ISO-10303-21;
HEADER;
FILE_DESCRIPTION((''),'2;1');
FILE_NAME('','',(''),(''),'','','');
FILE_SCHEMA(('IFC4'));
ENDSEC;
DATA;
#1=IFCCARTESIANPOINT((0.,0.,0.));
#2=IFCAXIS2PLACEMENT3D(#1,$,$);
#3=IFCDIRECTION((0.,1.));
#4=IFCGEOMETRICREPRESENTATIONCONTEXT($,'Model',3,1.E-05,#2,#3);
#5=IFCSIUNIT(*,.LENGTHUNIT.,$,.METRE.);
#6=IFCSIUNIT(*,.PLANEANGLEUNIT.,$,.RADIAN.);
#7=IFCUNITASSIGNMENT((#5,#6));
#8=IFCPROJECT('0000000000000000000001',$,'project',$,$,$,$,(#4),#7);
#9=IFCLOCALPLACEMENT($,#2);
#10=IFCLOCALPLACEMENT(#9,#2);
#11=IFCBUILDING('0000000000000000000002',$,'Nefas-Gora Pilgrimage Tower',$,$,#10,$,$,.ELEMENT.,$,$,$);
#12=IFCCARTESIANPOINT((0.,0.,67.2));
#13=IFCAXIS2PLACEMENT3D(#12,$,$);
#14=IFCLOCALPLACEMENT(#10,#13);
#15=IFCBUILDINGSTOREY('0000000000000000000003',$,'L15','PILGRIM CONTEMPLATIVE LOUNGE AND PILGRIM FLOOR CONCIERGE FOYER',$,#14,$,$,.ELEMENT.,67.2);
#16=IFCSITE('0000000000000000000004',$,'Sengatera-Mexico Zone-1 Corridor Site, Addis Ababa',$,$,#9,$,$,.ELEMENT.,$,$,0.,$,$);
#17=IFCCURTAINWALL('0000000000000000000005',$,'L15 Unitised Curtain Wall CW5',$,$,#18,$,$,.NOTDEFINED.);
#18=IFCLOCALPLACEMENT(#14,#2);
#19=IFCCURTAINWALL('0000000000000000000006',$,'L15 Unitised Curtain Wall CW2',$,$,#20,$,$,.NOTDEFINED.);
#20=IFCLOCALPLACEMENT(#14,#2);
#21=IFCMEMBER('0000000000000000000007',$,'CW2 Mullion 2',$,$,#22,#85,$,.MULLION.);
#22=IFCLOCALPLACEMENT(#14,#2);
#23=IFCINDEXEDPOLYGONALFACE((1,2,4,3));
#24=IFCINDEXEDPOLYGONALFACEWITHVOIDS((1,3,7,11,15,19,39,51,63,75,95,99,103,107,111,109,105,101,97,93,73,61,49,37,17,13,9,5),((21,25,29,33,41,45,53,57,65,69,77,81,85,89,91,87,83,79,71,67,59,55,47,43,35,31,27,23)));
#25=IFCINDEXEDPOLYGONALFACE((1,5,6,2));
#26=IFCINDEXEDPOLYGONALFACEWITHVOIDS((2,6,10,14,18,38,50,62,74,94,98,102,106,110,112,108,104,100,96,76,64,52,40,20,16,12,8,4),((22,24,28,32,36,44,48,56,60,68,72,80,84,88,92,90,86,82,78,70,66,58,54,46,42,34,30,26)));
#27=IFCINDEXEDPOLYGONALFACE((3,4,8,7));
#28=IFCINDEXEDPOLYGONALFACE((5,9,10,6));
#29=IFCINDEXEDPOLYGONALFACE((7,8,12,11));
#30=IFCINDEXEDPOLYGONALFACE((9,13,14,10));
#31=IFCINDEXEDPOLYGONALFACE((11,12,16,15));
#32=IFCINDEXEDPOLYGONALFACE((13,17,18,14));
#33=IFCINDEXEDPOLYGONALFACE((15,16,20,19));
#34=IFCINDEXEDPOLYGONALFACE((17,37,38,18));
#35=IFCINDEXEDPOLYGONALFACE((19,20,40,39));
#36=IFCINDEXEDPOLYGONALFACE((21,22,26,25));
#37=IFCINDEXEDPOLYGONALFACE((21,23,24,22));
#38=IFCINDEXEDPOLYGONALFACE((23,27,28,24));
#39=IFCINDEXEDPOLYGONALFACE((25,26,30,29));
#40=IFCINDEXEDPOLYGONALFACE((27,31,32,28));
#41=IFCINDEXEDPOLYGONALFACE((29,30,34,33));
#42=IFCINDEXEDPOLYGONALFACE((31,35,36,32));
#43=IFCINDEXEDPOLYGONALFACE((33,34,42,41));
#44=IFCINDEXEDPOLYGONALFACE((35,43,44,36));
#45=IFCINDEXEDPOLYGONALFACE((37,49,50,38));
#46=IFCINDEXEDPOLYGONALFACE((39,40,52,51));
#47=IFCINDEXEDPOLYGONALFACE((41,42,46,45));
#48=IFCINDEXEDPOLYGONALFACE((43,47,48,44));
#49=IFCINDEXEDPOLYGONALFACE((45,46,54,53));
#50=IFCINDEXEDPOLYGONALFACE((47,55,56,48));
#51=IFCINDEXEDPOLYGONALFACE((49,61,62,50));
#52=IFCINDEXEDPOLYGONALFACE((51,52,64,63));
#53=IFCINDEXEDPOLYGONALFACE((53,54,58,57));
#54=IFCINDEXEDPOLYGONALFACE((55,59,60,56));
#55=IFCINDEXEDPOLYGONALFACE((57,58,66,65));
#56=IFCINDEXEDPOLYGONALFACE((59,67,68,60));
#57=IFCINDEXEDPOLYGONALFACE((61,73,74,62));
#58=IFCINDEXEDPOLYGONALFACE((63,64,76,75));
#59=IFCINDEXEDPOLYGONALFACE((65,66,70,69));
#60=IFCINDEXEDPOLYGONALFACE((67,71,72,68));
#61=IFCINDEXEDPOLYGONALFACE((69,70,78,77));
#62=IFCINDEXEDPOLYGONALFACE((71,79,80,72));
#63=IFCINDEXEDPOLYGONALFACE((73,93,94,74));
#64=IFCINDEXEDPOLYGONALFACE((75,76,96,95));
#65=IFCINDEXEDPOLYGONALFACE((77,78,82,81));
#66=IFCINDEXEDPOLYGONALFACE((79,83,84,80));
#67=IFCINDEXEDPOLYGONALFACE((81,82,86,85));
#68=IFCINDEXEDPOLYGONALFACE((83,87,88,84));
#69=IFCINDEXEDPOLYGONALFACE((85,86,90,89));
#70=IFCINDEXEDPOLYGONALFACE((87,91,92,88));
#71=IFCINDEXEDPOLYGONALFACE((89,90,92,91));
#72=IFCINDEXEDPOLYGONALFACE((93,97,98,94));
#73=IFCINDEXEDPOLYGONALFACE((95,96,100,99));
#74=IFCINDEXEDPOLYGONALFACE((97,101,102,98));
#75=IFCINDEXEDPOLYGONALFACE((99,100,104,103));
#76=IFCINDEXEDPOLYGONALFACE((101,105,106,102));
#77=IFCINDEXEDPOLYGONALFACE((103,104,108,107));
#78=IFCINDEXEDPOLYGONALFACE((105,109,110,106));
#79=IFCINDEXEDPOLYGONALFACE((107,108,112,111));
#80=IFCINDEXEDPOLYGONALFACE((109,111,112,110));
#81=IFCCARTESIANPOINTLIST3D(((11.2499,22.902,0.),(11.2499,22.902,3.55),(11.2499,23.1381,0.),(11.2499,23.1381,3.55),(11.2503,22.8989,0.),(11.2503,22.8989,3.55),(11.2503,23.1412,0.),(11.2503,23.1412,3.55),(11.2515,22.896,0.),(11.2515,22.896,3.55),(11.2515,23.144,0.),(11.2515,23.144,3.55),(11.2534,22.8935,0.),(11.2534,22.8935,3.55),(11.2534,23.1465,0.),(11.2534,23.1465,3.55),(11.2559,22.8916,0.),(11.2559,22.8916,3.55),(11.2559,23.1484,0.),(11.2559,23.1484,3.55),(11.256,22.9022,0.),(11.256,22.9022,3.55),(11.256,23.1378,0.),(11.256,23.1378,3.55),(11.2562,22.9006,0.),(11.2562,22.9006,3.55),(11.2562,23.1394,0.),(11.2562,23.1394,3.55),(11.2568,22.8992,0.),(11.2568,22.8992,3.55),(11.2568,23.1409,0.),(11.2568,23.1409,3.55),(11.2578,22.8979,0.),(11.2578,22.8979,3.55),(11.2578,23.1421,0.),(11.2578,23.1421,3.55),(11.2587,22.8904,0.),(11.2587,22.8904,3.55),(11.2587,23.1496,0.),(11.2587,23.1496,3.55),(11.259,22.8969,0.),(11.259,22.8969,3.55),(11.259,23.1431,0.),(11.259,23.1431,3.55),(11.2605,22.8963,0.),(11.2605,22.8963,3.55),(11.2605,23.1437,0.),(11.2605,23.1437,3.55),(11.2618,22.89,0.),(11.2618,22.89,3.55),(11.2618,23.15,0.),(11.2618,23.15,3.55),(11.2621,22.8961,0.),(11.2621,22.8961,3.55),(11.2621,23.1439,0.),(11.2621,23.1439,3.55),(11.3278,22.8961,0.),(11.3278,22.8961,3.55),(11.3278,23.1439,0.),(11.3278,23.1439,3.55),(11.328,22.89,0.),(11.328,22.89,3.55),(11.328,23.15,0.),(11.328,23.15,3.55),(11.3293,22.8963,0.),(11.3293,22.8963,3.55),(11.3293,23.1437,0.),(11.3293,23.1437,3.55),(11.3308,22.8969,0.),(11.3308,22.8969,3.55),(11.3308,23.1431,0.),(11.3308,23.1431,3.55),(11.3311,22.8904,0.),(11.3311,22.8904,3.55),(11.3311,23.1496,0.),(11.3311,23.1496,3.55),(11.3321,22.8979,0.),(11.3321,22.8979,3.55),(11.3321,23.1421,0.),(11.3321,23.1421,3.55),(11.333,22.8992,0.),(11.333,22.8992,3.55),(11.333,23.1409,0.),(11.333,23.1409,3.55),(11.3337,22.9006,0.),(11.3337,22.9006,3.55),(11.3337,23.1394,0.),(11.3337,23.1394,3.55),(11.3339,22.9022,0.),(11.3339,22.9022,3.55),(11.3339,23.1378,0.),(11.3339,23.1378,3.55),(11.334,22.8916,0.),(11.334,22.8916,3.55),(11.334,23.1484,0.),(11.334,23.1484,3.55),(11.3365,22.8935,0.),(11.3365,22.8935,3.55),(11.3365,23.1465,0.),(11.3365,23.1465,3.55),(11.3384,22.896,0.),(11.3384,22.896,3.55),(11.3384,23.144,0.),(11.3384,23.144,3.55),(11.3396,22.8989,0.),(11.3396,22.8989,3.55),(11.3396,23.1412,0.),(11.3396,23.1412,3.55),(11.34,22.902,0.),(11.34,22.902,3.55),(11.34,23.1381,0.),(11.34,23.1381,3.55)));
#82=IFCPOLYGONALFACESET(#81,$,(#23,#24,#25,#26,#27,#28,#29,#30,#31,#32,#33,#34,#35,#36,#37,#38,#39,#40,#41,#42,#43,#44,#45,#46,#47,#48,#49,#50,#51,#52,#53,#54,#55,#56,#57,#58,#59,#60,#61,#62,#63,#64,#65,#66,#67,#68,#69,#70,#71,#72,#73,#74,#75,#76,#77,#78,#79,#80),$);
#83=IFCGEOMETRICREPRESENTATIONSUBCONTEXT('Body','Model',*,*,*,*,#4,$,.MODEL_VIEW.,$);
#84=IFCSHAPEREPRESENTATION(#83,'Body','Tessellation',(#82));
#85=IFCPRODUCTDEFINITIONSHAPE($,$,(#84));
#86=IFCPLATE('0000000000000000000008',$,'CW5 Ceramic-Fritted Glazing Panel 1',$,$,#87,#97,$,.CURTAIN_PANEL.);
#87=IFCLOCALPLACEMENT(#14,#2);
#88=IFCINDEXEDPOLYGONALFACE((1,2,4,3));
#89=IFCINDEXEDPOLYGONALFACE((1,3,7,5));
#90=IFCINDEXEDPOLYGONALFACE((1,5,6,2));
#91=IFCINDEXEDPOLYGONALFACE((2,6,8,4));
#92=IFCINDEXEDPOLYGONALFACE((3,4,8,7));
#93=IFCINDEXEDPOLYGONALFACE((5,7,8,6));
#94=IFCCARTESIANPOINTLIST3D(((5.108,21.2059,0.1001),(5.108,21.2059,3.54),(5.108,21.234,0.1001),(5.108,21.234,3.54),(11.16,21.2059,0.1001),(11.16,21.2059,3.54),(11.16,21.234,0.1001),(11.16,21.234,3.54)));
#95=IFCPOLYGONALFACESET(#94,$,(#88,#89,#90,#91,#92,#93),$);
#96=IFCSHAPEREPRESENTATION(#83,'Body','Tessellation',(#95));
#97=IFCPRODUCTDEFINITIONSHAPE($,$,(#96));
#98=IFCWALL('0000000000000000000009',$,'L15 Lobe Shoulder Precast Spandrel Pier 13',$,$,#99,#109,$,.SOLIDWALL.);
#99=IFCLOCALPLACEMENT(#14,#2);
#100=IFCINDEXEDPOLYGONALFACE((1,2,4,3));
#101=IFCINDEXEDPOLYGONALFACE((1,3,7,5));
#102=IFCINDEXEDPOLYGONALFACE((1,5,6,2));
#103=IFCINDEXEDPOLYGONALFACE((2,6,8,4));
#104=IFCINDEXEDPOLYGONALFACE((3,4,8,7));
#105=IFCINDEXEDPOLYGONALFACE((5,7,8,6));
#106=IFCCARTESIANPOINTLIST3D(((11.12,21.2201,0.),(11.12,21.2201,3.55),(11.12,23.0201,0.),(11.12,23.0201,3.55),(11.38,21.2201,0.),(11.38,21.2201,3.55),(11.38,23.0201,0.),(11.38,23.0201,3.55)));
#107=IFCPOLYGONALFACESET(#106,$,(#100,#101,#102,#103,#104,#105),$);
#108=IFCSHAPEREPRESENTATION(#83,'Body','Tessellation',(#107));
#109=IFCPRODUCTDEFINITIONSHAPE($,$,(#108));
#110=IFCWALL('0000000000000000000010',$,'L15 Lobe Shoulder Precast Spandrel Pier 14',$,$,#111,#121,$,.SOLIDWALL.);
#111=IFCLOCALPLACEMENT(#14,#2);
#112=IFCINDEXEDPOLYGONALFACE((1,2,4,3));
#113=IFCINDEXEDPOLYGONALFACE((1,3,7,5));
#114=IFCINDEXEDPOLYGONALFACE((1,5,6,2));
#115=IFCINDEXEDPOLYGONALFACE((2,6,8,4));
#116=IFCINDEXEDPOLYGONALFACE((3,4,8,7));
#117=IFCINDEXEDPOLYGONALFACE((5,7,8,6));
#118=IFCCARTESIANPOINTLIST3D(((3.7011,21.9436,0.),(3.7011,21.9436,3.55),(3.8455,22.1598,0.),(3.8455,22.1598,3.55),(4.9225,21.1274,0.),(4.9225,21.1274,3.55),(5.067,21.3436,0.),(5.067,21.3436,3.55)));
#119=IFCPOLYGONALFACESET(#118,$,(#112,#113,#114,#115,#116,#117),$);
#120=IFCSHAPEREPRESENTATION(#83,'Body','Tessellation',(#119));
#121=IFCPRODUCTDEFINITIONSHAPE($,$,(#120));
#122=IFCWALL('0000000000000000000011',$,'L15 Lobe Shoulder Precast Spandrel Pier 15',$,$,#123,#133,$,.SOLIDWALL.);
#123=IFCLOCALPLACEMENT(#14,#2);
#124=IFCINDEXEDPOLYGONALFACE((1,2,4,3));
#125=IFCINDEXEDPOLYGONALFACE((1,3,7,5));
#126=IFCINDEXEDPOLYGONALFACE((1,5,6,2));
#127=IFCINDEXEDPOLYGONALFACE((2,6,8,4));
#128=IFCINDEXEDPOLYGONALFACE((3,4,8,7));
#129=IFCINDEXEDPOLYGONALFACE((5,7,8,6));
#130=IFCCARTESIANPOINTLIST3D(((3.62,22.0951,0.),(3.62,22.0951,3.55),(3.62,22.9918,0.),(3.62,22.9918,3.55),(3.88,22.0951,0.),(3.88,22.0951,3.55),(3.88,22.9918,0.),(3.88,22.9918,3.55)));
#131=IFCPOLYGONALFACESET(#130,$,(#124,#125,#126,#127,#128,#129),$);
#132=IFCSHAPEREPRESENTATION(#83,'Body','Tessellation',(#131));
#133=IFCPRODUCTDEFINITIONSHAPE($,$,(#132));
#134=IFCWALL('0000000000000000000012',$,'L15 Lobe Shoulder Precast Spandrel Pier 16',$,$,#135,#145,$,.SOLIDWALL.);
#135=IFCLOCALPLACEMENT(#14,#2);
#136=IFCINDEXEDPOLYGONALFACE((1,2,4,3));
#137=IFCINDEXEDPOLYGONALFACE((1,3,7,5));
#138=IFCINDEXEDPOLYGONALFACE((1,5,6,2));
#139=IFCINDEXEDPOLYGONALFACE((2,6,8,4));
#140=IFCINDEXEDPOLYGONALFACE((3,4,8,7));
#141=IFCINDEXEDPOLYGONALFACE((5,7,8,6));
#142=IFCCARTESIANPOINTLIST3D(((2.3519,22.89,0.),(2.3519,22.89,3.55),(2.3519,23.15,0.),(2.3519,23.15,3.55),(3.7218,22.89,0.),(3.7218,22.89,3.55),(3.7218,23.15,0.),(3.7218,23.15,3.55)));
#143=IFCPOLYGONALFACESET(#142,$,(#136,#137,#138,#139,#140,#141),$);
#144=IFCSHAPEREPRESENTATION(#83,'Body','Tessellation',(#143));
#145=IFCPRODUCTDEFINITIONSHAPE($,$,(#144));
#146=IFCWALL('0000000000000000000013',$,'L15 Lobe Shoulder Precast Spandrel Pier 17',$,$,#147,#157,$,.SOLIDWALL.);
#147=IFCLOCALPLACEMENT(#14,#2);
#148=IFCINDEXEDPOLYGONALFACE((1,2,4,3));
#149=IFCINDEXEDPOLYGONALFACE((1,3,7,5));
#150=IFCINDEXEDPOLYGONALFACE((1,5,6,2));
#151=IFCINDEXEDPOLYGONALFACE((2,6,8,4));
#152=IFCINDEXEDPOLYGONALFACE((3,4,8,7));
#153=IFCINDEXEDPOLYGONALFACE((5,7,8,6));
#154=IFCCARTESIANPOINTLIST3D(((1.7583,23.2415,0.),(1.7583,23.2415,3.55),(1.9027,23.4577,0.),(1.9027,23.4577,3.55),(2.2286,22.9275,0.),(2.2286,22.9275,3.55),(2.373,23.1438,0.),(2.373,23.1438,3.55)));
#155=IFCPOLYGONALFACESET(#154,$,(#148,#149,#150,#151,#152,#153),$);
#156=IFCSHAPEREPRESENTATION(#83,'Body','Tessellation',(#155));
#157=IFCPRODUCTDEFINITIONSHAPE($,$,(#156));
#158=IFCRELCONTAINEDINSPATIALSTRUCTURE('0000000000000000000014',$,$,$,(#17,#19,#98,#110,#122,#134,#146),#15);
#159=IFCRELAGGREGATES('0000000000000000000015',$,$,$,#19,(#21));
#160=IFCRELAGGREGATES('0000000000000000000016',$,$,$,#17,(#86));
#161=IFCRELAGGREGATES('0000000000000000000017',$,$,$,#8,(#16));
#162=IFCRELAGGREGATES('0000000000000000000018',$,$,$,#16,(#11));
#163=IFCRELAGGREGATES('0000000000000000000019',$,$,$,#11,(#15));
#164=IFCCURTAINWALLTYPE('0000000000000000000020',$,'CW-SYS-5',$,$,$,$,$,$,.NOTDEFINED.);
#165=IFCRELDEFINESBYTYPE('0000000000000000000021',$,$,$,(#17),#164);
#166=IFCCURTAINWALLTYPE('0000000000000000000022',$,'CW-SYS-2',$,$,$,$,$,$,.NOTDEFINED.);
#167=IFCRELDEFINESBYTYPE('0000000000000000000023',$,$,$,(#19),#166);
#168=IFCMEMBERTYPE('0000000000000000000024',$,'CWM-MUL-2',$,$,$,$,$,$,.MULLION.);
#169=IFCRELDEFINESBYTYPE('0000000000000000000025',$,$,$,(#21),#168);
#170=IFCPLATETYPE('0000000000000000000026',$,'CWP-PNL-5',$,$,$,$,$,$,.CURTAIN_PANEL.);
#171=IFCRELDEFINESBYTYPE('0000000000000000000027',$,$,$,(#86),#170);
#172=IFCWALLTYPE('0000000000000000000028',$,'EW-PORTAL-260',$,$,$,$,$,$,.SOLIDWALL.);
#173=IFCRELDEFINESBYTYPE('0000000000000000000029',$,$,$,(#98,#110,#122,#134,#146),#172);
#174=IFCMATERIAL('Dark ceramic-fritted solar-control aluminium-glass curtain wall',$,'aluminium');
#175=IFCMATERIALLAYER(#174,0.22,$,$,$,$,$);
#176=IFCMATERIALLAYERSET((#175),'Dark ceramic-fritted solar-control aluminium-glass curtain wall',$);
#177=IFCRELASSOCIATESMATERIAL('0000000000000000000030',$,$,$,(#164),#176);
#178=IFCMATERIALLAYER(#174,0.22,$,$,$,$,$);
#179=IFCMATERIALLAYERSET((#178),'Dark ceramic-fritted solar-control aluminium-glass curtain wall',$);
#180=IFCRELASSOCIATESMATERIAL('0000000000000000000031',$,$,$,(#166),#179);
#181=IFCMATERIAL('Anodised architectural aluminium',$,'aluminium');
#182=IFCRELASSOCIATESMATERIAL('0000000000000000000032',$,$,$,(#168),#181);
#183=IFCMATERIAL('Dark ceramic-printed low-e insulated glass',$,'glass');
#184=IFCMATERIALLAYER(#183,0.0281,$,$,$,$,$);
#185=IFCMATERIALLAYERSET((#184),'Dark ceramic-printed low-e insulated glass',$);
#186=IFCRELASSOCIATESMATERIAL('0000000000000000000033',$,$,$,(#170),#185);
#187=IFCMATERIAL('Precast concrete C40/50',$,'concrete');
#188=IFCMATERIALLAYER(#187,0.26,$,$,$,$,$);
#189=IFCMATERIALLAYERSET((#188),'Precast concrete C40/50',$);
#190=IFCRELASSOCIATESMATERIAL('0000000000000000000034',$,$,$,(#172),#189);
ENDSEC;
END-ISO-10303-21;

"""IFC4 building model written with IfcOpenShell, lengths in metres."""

from ifc_helpers import new_model, si_unit, direction, frame, frame_2d, origin, origin_2d, place, context, subcontext, project, spatial, rectangle, hollow_rectangle, extrude, source, transform, mapped, material, layer, layer_set, material_profile, profile_set, type_object, element, aggregate, save


model = new_model("IFC4")

# Units and contexts
model_context = context("Model", 3, precision=1e-05, world=origin(), true_north=direction((0.0, 1.0)))
body_context = subcontext(model_context, "Body", "Model", "MODEL_VIEW")
ifc_project = project(units=[si_unit("LENGTHUNIT", "METRE"), si_unit("PLANEANGLEUNIT", "RADIAN")], contexts=[model_context])

# Site, building, storey
site_placement = place(None, origin())
site = spatial("IfcSite", under=ifc_project, at=site_placement, Name="Sengatera-Mexico Zone-1 Corridor Site, Addis Ababa", CompositionType="ELEMENT", RefElevation=0.0)
building_placement = place(site_placement, origin())
building = spatial("IfcBuilding", under=site, at=building_placement, Name="Nefas-Gora Pilgrimage Tower", CompositionType="ELEMENT")
storey_placement = place(building_placement, frame((0.0, 0.0, 67.2)))
storey = spatial("IfcBuildingStorey", under=building, at=storey_placement, Name="L15", Description="PILGRIM CONTEMPLATIVE LOUNGE AND PILGRIM FLOOR CONCIERGE FOYER", CompositionType="ELEMENT", Elevation=67.2)

# Curtain wall
ifc_material_1 = material(Name="Dark ceramic-fritted solar-control aluminium-glass curtain wall", Category="aluminium")
ifc_layer_1 = layer(ifc_material_1, 0.22)
ifc_layer_set_1 = layer_set([ifc_layer_1], Name="Dark ceramic-fritted solar-control aluminium-glass curtain wall")
curtain_wall_type_1 = type_object("IfcCurtainWallType", Name="CW-SYS-5", PredefinedType="NOTDEFINED", material=ifc_layer_set_1)
curtain_wall_1_placement = place(storey_placement, origin())
curtain_wall_1 = element("IfcCurtainWall", 1, at=curtain_wall_1_placement, inside=storey, type_object=curtain_wall_type_1, Name="L15 Unitised Curtain Wall CW5", PredefinedType="NOTDEFINED")
ifc_material_2 = material(Name="Anodised architectural aluminium", Category="aluminium")

# Curtain wall, member
ifc_layer_2 = layer(ifc_material_1, 0.22)
ifc_layer_set_2 = layer_set([ifc_layer_2], Name="Dark ceramic-fritted solar-control aluminium-glass curtain wall")
curtain_wall_type_2 = type_object("IfcCurtainWallType", Name="CW-SYS-2", PredefinedType="NOTDEFINED", material=ifc_layer_set_2)
curtain_wall_2_placement = place(storey_placement, origin())
curtain_wall_2 = element("IfcCurtainWall", 2, at=curtain_wall_2_placement, inside=storey, type_object=curtain_wall_type_2, Name="L15 Unitised Curtain Wall CW2", PredefinedType="NOTDEFINED")
ifc_material_profile_1 = material_profile(ifc_material_2, hollow_rectangle(XDim=0.0901, YDim=0.26, WallThickness=0.0061, InnerFilletRadius=0.0061, OuterFilletRadius=0.012, at=origin_2d()), Name="ALU MULLION 90x260")
ifc_profile_set_1 = profile_set([ifc_material_profile_1], Name="Anodised architectural aluminium")
member_type_1 = type_object("IfcMemberType", Name="CWM-MUL-2", PredefinedType="MULLION", material=ifc_profile_set_1)
shared_shape_1 = source(origin(), body_context, "Body", "SweptSolid", [
    extrude(hollow_rectangle(XDim=0.0901, YDim=0.26, WallThickness=0.0061, InnerFilletRadius=0.0061, OuterFilletRadius=0.012, at=origin_2d()), origin(), (0.0, 0.0, 1.0), 3.55),
])
member_1_placement = place(storey_placement, frame((11.2949, 23.02, 0.0), z_axis=(0.0, 0.0, 1.0), x_axis=(-1.0, 0.0, 0.0)))
member_1 = element("IfcMember", 3, at=member_1_placement, type_object=member_type_1, Name="CW2 Mullion 2", PredefinedType="MULLION", context=body_context, shape_type="MappedRepresentation", body=[
    mapped(shared_shape_1, transform((0.0, 0.0, 0.0), x_axis=(1.0, 0.0, 0.0), y_axis=(0.0, 1.0, 0.0), z_axis=(0.0, 0.0, 1.0), scale=1.0)),
])
aggregate(curtain_wall_2, [member_1])

# Plate
ifc_material_3 = material(Name="Dark ceramic-printed low-e insulated glass", Category="glass")
ifc_layer_3 = layer(ifc_material_3, 0.0281)
ifc_layer_set_3 = layer_set([ifc_layer_3], Name="Dark ceramic-printed low-e insulated glass")
plate_type = type_object("IfcPlateType", Name="CWP-PNL-5", PredefinedType="CURTAIN_PANEL", material=ifc_layer_set_3)
shared_shape_2 = source(origin(), body_context, "Body", "SweptSolid", [
    extrude(rectangle(XDim=6.052, YDim=0.0281, at=origin_2d()), origin(), (0.0, 0.0, 1.0), 3.4399),
])
plate_placement = place(storey_placement, frame((8.134, 21.22, 0.1001), z_axis=(0.0, 0.0, 1.0), x_axis=(-1.0, 0.0, 0.0)))
plate = element("IfcPlate", 4, at=plate_placement, type_object=plate_type, Name="CW5 Ceramic-Fritted Glazing Panel 1", PredefinedType="CURTAIN_PANEL", context=body_context, shape_type="MappedRepresentation", body=[
    mapped(shared_shape_2, transform((0.0, 0.0, 0.0), x_axis=(1.0, 0.0, 0.0), y_axis=(0.0, 1.0, 0.0), z_axis=(0.0, 0.0, 1.0), scale=1.0)),
])
aggregate(curtain_wall_1, [plate])

# Walls
ifc_material_4 = material(Name="Precast concrete C40/50", Category="concrete")
ifc_layer_4 = layer(ifc_material_4, 0.26)
ifc_layer_set_4 = layer_set([ifc_layer_4], Name="Precast concrete C40/50")
wall_type_1 = type_object("IfcWallType", Name="EW-PORTAL-260", PredefinedType="SOLIDWALL", material=ifc_layer_set_4)
shared_shape_3 = source(origin(), body_context, "Body", "SweptSolid", [
    extrude(rectangle(XDim=1.8, YDim=0.26, at=frame_2d((0.8999, 0.0))), origin(), (0.0, 0.0, 1.0), 3.55),
])
wall_1_placement = place(storey_placement, frame((11.25, 23.02, 0.0), z_axis=(0.0, 0.0, 1.0), x_axis=(0.0, -1.0, 0.0)))
element("IfcWall", 5, at=wall_1_placement, inside=storey, type_object=wall_type_1, Name="L15 Lobe Shoulder Precast Spandrel Pier 13", PredefinedType="SOLIDWALL", context=body_context, shape_type="MappedRepresentation", body=[
    mapped(shared_shape_3, transform((0.0, 0.0, 0.0), x_axis=(1.0, 0.0, 0.0), y_axis=(0.0, 1.0, 0.0), z_axis=(0.0, 0.0, 1.0), scale=1.0)),
])
shared_shape_4 = source(origin(), body_context, "Body", "SweptSolid", [
    extrude(rectangle(XDim=1.469, YDim=0.26, at=frame_2d((0.7344, 0.0))), origin(), (0.0, 0.0, 1.0), 3.55),
])
wall_2_placement = place(storey_placement, frame((4.9946, 21.2356, 0.0), z_axis=(0.0, 0.0, 1.0), x_axis=(-0.831462, 0.555582, 0.0)))
element("IfcWall", 6, at=wall_2_placement, inside=storey, type_object=wall_type_1, Name="L15 Lobe Shoulder Precast Spandrel Pier 14", PredefinedType="SOLIDWALL", context=body_context, shape_type="MappedRepresentation", body=[
    mapped(shared_shape_4, transform((0.0, 0.0, 0.0), x_axis=(1.0, 0.0, 0.0), y_axis=(0.0, 1.0, 0.0), z_axis=(0.0, 0.0, 1.0), scale=1.0)),
])
shared_shape_5 = source(origin(), body_context, "Body", "SweptSolid", [
    extrude(rectangle(XDim=0.8967, YDim=0.26, at=frame_2d((0.4482, 0.0))), origin(), (0.0, 0.0, 1.0), 3.55),
])
wall_3_placement = place(storey_placement, frame((3.75, 22.0952, 0.0), z_axis=(0.0, 0.0, 1.0), x_axis=(0.0, 1.0, 0.0)))
element("IfcWall", 7, at=wall_3_placement, inside=storey, type_object=wall_type_1, Name="L15 Lobe Shoulder Precast Spandrel Pier 15", PredefinedType="SOLIDWALL", context=body_context, shape_type="MappedRepresentation", body=[
    mapped(shared_shape_5, transform((0.0, 0.0, 0.0), x_axis=(1.0, 0.0, 0.0), y_axis=(0.0, 1.0, 0.0), z_axis=(0.0, 0.0, 1.0), scale=1.0)),
])
shared_shape_6 = source(origin(), body_context, "Body", "SweptSolid", [
    extrude(rectangle(XDim=1.3699, YDim=0.26, at=frame_2d((0.6851, 0.0))), origin(), (0.0, 0.0, 1.0), 3.55),
])
wall_4_placement = place(storey_placement, frame((3.7219, 23.02, 0.0), z_axis=(0.0, 0.0, 1.0), x_axis=(-1.0, 0.0, 0.0)))
element("IfcWall", 8, at=wall_4_placement, inside=storey, type_object=wall_type_1, Name="L15 Lobe Shoulder Precast Spandrel Pier 16", PredefinedType="SOLIDWALL", context=body_context, shape_type="MappedRepresentation", body=[
    mapped(shared_shape_6, transform((0.0, 0.0, 0.0), x_axis=(1.0, 0.0, 0.0), y_axis=(0.0, 1.0, 0.0), z_axis=(0.0, 0.0, 1.0), scale=1.0)),
])
shared_shape_7 = source(origin(), body_context, "Body", "SweptSolid", [
    extrude(rectangle(XDim=0.5654, YDim=0.26, at=frame_2d((0.2827, 0.0))), origin(), (0.0, 0.0, 1.0), 3.55),
])
wall_5_placement = place(storey_placement, frame((2.3008, 23.0356, 0.0), z_axis=(0.0, 0.0, 1.0), x_axis=(-0.831651, 0.555298, 0.0)))
element("IfcWall", 9, at=wall_5_placement, inside=storey, type_object=wall_type_1, Name="L15 Lobe Shoulder Precast Spandrel Pier 17", PredefinedType="SOLIDWALL", context=body_context, shape_type="MappedRepresentation", body=[
    mapped(shared_shape_7, transform((0.0, 0.0, 0.0), x_axis=(1.0, 0.0, 0.0), y_axis=(0.0, 1.0, 0.0), z_axis=(0.0, 0.0, 1.0), scale=1.0)),
])

save(model, "model.ifc")
